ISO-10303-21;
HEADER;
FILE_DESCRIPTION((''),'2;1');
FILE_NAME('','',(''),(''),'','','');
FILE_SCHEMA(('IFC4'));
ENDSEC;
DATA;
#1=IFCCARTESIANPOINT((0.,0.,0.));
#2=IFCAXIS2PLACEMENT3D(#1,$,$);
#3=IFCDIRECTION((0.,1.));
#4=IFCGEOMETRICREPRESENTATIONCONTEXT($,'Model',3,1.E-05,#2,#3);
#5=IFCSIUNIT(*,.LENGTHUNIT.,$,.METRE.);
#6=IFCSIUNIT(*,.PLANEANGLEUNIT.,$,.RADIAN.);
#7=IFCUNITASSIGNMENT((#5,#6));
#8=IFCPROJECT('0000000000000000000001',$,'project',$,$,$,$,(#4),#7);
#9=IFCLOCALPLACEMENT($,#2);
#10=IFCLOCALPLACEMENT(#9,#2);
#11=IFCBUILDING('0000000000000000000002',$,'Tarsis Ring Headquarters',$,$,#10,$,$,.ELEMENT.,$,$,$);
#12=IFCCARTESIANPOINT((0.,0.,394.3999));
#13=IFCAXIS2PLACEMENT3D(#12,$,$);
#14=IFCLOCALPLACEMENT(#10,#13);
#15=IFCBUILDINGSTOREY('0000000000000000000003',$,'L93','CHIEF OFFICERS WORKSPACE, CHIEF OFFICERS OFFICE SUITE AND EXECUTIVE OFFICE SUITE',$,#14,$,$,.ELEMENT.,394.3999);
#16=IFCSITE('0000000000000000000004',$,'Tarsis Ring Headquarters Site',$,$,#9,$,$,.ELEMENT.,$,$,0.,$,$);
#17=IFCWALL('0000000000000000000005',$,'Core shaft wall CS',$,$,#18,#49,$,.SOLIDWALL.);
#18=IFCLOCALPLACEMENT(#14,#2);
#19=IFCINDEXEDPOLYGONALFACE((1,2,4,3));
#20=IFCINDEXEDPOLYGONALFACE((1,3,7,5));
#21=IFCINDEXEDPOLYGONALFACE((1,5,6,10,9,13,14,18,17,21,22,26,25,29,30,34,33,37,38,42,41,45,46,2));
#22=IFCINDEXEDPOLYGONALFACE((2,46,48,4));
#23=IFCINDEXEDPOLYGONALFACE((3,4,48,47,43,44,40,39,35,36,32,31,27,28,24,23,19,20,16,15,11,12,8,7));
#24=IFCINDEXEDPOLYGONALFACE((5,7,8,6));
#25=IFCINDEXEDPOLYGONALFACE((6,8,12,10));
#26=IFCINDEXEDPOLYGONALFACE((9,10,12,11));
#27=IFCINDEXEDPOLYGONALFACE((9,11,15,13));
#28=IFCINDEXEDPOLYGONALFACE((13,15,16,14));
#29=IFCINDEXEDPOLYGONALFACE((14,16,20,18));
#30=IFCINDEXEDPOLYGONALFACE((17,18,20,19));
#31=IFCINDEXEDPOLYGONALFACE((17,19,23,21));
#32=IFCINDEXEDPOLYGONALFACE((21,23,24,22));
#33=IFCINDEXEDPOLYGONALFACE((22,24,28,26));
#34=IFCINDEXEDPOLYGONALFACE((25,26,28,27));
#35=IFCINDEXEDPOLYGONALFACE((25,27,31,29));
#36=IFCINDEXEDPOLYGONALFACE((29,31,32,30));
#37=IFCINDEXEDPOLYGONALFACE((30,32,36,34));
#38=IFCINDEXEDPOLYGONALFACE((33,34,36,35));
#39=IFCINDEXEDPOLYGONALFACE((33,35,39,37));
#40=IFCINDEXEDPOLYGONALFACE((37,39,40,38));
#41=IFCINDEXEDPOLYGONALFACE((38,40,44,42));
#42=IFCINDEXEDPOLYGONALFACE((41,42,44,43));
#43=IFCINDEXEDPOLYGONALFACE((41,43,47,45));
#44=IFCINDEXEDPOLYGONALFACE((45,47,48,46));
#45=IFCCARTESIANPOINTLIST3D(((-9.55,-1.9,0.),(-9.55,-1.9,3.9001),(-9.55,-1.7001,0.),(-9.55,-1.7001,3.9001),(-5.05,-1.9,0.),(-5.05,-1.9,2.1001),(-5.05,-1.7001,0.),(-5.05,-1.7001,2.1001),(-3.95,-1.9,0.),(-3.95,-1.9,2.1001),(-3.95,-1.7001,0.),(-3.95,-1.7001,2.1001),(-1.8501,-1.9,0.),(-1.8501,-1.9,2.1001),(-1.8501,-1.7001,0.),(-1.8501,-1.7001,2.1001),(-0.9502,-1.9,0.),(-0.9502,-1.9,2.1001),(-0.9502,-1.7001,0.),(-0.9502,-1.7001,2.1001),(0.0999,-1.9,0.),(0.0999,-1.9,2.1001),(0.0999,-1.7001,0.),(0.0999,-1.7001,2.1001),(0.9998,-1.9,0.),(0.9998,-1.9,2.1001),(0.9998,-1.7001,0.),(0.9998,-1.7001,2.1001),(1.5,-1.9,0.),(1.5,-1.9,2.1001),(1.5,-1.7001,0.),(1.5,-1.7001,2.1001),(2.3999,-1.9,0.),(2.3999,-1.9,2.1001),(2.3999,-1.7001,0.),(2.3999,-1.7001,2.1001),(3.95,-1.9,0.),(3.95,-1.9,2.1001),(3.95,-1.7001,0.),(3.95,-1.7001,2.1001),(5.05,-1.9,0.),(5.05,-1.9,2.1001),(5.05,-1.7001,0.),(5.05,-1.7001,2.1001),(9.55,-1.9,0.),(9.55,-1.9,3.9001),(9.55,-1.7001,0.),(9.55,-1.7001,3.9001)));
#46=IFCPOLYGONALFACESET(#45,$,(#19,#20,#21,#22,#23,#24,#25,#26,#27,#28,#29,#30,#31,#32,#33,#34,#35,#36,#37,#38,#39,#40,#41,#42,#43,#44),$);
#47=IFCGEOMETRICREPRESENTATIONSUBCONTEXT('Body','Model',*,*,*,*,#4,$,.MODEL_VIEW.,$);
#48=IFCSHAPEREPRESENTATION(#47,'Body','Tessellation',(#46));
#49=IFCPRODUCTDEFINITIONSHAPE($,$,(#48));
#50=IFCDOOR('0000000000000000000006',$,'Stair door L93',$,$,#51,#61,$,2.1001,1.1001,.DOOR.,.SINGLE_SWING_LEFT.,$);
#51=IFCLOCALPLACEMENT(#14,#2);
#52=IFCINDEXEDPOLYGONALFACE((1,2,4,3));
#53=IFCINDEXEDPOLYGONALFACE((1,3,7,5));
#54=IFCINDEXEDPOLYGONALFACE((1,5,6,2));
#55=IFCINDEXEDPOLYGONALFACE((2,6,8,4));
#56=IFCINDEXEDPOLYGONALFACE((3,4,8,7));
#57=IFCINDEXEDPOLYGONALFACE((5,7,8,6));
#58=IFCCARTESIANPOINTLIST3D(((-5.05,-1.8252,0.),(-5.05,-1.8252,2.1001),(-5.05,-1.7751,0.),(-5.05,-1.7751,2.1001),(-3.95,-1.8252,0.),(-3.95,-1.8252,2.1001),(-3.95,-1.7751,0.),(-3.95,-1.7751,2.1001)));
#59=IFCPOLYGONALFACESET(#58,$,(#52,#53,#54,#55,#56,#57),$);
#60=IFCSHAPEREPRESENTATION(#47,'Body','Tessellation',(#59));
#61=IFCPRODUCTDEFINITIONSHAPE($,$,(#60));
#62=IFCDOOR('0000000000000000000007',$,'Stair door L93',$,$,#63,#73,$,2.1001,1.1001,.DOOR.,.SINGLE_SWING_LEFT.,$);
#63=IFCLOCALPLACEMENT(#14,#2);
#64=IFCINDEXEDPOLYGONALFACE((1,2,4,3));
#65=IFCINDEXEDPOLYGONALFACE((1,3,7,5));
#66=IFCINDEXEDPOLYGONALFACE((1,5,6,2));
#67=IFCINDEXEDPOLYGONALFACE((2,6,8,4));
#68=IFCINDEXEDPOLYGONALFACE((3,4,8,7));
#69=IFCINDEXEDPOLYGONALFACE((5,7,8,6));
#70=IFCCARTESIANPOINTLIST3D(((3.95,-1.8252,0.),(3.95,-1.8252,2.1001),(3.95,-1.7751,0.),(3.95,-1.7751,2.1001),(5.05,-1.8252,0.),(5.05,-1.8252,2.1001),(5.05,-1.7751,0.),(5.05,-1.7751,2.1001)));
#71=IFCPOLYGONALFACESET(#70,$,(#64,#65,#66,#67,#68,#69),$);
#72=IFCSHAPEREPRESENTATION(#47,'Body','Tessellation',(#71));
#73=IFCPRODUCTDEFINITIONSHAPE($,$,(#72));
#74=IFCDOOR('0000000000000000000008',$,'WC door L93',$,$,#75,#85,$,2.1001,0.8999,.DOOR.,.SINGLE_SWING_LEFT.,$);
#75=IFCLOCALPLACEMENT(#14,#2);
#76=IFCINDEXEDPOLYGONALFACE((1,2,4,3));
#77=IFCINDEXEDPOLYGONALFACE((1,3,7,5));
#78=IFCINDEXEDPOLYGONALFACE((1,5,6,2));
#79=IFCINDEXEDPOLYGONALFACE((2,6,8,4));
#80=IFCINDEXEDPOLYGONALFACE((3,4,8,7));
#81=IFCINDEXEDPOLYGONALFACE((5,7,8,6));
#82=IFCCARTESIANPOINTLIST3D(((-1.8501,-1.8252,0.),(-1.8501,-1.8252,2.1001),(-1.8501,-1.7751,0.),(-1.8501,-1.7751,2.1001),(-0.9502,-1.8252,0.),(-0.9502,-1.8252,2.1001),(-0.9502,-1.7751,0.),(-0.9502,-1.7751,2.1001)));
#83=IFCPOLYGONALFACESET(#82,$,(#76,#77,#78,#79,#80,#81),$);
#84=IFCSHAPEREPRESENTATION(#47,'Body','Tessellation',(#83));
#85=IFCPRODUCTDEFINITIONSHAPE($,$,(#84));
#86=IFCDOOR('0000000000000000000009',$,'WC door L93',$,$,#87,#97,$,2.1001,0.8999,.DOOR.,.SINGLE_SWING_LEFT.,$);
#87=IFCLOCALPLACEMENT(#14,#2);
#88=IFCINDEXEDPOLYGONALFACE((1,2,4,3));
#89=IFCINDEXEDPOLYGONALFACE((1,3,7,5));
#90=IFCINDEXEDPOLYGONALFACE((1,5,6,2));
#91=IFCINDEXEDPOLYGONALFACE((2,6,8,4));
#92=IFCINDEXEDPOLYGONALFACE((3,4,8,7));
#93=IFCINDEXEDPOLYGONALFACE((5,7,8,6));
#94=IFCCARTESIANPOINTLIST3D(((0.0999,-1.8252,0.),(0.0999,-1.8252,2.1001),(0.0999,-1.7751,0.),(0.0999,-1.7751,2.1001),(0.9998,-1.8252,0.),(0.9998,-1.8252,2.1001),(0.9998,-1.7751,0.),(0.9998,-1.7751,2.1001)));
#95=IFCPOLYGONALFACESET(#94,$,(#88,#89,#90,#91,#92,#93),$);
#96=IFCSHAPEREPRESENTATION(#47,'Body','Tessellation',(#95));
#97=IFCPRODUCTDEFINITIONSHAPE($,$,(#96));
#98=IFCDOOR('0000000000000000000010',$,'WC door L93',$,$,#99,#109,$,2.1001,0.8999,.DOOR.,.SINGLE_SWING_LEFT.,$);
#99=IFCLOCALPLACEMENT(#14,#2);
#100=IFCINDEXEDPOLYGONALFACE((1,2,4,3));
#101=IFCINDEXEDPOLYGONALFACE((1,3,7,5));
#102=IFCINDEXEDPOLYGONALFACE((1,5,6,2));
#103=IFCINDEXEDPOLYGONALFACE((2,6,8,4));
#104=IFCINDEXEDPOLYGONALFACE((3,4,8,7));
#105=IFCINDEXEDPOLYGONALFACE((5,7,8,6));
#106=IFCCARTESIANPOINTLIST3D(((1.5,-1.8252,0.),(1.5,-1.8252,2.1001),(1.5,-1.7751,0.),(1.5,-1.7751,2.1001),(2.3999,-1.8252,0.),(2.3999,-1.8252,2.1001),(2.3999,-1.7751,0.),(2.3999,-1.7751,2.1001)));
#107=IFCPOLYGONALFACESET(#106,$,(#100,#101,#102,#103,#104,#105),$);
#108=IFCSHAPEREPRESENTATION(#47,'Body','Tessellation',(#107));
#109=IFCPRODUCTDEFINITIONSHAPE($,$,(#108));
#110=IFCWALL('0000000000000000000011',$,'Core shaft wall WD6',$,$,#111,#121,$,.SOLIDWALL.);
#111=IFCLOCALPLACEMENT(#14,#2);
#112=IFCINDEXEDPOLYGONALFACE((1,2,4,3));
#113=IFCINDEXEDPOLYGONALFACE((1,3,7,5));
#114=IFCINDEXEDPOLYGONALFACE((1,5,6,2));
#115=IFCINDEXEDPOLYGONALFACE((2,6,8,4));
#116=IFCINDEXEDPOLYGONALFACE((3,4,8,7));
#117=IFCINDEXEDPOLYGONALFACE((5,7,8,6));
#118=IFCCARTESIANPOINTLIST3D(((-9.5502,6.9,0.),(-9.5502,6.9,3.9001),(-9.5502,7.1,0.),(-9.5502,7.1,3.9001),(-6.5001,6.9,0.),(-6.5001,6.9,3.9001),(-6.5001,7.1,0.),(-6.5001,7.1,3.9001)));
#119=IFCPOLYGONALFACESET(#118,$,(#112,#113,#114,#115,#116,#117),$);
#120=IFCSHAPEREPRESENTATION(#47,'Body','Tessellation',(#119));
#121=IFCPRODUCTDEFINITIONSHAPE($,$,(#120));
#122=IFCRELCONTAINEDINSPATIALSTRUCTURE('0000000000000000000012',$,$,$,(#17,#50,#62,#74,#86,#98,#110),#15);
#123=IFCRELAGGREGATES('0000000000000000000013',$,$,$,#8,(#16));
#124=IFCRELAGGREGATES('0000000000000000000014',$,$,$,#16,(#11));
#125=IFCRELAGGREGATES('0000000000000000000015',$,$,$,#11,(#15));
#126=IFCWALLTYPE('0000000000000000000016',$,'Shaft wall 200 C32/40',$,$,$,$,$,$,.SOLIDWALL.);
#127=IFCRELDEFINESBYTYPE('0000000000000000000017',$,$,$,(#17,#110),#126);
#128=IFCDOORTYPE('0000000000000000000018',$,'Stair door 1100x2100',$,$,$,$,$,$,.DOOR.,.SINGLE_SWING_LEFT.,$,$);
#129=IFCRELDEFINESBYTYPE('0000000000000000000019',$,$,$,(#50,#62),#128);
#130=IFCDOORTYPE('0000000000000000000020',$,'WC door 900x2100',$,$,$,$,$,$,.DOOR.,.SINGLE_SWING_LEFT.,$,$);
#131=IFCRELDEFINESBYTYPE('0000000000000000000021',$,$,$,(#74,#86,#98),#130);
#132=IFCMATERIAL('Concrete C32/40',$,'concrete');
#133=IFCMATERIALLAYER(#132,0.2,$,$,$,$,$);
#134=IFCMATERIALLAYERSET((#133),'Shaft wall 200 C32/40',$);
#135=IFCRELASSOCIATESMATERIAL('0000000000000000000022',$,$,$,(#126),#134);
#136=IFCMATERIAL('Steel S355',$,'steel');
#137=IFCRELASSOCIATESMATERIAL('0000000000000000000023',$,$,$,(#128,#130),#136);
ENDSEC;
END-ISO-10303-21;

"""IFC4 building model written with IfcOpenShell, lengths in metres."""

from ifc_helpers import new_model, si_unit, direction, frame, frame_2d, origin, place, context, subcontext, project, spatial, rectangle, extrude, material, layer, layer_set, type_object, element, fill, save


model = new_model("IFC4")

# Units and contexts
model_context = context("Model", 3, precision=1e-05, world=origin(), true_north=direction((0.0, 1.0)))
body_context = subcontext(model_context, "Body", "Model", "MODEL_VIEW")
ifc_project = project(units=[si_unit("LENGTHUNIT", "METRE"), si_unit("PLANEANGLEUNIT", "RADIAN")], contexts=[model_context])

# Site, building, storey
site_placement = place(None, origin())
site = spatial("IfcSite", under=ifc_project, at=site_placement, Name="Tarsis Ring Headquarters Site", CompositionType="ELEMENT", RefElevation=0.0)
building_placement = place(site_placement, origin())
building = spatial("IfcBuilding", under=site, at=building_placement, Name="Tarsis Ring Headquarters", CompositionType="ELEMENT")
storey_placement = place(building_placement, frame((0.0, 0.0, 394.3999)))
storey = spatial("IfcBuildingStorey", under=building, at=storey_placement, Name="L93", Description="CHIEF OFFICERS WORKSPACE, CHIEF OFFICERS OFFICE SUITE AND EXECUTIVE OFFICE SUITE", CompositionType="ELEMENT", Elevation=394.3999)

# Wall, openings, doors
ifc_material_1 = material(Name="Concrete C32/40", Category="concrete")
ifc_layer_1 = layer(ifc_material_1, 0.2)
ifc_layer_set_1 = layer_set([ifc_layer_1], Name="Shaft wall 200 C32/40")
wall_type_1 = type_object("IfcWallType", Name="Shaft wall 200 C32/40", PredefinedType="SOLIDWALL", material=ifc_layer_set_1)
ifc_material_2 = material(Name="Steel S355", Category="steel")
door_type_1 = type_object("IfcDoorType", Name="Stair door 1100x2100", OperationType="SINGLE_SWING_LEFT", PredefinedType="DOOR", material=ifc_material_2)
wall_1_placement = place(storey_placement, frame((-9.55, -1.8, 0.0), z_axis=(0.0, 0.0, 1.0), x_axis=(1.0, 0.0, 0.0)))
wall_1 = element("IfcWall", 1, at=wall_1_placement, inside=storey, type_object=wall_type_1, Name="Core shaft wall CS", PredefinedType="SOLIDWALL", context=body_context, shape_type="SweptSolid", body=[
    extrude(rectangle(XDim=19.1001, YDim=0.2, at=frame_2d((9.55, 0.0))), origin(), (0.0, 0.0, 1.0), 3.9001),
])
opening_1_placement = place(wall_1_placement, frame((4.5, 0.0, 0.0)))
opening_1 = element("IfcOpeningElement", 2, at=opening_1_placement, cuts=wall_1, PredefinedType="OPENING", context=body_context, shape_type="SweptSolid", body=[
    extrude(rectangle(XDim=1.1001, YDim=2.1001, at=frame_2d((0.55, 1.05))), frame((0.0, 0.1099, 0.0), z_axis=(0.0, -1.0, 0.0), x_axis=(1.0, 0.0, 0.0)), (0.0, 0.0, 1.0), 0.22),
])
opening_2_placement = place(wall_1_placement, frame((7.7, 0.0, 0.0)))
opening_2 = element("IfcOpeningElement", 3, at=opening_2_placement, cuts=wall_1, PredefinedType="OPENING", context=body_context, shape_type="SweptSolid", body=[
    extrude(rectangle(XDim=0.8999, YDim=2.1001, at=frame_2d((0.45, 1.05))), frame((0.0, 0.1099, 0.0), z_axis=(0.0, -1.0, 0.0), x_axis=(1.0, 0.0, 0.0)), (0.0, 0.0, 1.0), 0.22),
])
opening_3_placement = place(wall_1_placement, frame((9.6499, 0.0, 0.0)))
opening_3 = element("IfcOpeningElement", 4, at=opening_3_placement, cuts=wall_1, PredefinedType="OPENING", context=body_context, shape_type="SweptSolid", body=[
    extrude(rectangle(XDim=0.8999, YDim=2.1001, at=frame_2d((0.45, 1.05))), frame((0.0, 0.1099, 0.0), z_axis=(0.0, -1.0, 0.0), x_axis=(1.0, 0.0, 0.0)), (0.0, 0.0, 1.0), 0.22),
])
opening_4_placement = place(wall_1_placement, frame((11.05, 0.0, 0.0)))
opening_4 = element("IfcOpeningElement", 5, at=opening_4_placement, cuts=wall_1, PredefinedType="OPENING", context=body_context, shape_type="SweptSolid", body=[
    extrude(rectangle(XDim=0.8999, YDim=2.1001, at=frame_2d((0.45, 1.05))), frame((0.0, 0.1099, 0.0), z_axis=(0.0, -1.0, 0.0), x_axis=(1.0, 0.0, 0.0)), (0.0, 0.0, 1.0), 0.22),
])
opening_5_placement = place(wall_1_placement, frame((13.5, 0.0, 0.0)))
opening_5 = element("IfcOpeningElement", 6, at=opening_5_placement, cuts=wall_1, PredefinedType="OPENING", context=body_context, shape_type="SweptSolid", body=[
    extrude(rectangle(XDim=1.1001, YDim=2.1001, at=frame_2d((0.55, 1.05))), frame((0.0, 0.1099, 0.0), z_axis=(0.0, -1.0, 0.0), x_axis=(1.0, 0.0, 0.0)), (0.0, 0.0, 1.0), 0.22),
])
door_1_placement = place(opening_1_placement, origin())
door_1 = element("IfcDoor", 7, at=door_1_placement, inside=storey, type_object=door_type_1, Name="Stair door L93", OperationType="SINGLE_SWING_LEFT", OverallHeight=2.1001, OverallWidth=1.1001, PredefinedType="DOOR", context=body_context, shape_type="SweptSolid", body=[
    extrude(rectangle(XDim=1.1001, YDim=2.1001, at=frame_2d((0.55, 1.05))), frame((0.0, 0.0249, 0.0), z_axis=(0.0, -1.0, 0.0), x_axis=(1.0, 0.0, 0.0)), (0.0, 0.0, 1.0), 0.05),
])
fill(opening_1, door_1)
door_2_placement = place(opening_5_placement, origin())
door_2 = element("IfcDoor", 8, at=door_2_placement, inside=storey, type_object=door_type_1, Name="Stair door L93", OperationType="SINGLE_SWING_LEFT", OverallHeight=2.1001, OverallWidth=1.1001, PredefinedType="DOOR", context=body_context, shape_type="SweptSolid", body=[
    extrude(rectangle(XDim=1.1001, YDim=2.1001, at=frame_2d((0.55, 1.05))), frame((0.0, 0.0249, 0.0), z_axis=(0.0, -1.0, 0.0), x_axis=(1.0, 0.0, 0.0)), (0.0, 0.0, 1.0), 0.05),
])
fill(opening_5, door_2)
door_type_2 = type_object("IfcDoorType", Name="WC door 900x2100", OperationType="SINGLE_SWING_LEFT", PredefinedType="DOOR", material=ifc_material_2)
door_3_placement = place(opening_2_placement, origin())
door_3 = element("IfcDoor", 9, at=door_3_placement, inside=storey, type_object=door_type_2, Name="WC door L93", OperationType="SINGLE_SWING_LEFT", OverallHeight=2.1001, OverallWidth=0.8999, PredefinedType="DOOR", context=body_context, shape_type="SweptSolid", body=[
    extrude(rectangle(XDim=0.8999, YDim=2.1001, at=frame_2d((0.45, 1.05))), frame((0.0, 0.0249, 0.0), z_axis=(0.0, -1.0, 0.0), x_axis=(1.0, 0.0, 0.0)), (0.0, 0.0, 1.0), 0.05),
])
fill(opening_2, door_3)
door_4_placement = place(opening_3_placement, origin())
door_4 = element("IfcDoor", 10, at=door_4_placement, inside=storey, type_object=door_type_2, Name="WC door L93", OperationType="SINGLE_SWING_LEFT", OverallHeight=2.1001, OverallWidth=0.8999, PredefinedType="DOOR", context=body_context, shape_type="SweptSolid", body=[
    extrude(rectangle(XDim=0.8999, YDim=2.1001, at=frame_2d((0.45, 1.05))), frame((0.0, 0.0249, 0.0), z_axis=(0.0, -1.0, 0.0), x_axis=(1.0, 0.0, 0.0)), (0.0, 0.0, 1.0), 0.05),
])
fill(opening_3, door_4)
door_5_placement = place(opening_4_placement, origin())
door_5 = element("IfcDoor", 11, at=door_5_placement, inside=storey, type_object=door_type_2, Name="WC door L93", OperationType="SINGLE_SWING_LEFT", OverallHeight=2.1001, OverallWidth=0.8999, PredefinedType="DOOR", context=body_context, shape_type="SweptSolid", body=[
    extrude(rectangle(XDim=0.8999, YDim=2.1001, at=frame_2d((0.45, 1.05))), frame((0.0, 0.0249, 0.0), z_axis=(0.0, -1.0, 0.0), x_axis=(1.0, 0.0, 0.0)), (0.0, 0.0, 1.0), 0.05),
])
fill(opening_4, door_5)

# Wall
wall_2_placement = place(storey_placement, frame((-9.55, 7.0, 0.0), z_axis=(0.0, 0.0, 1.0), x_axis=(1.0, 0.0, 0.0)))
element("IfcWall", 12, at=wall_2_placement, inside=storey, type_object=wall_type_1, Name="Core shaft wall WD6", PredefinedType="SOLIDWALL", context=body_context, shape_type="SweptSolid", body=[
    extrude(rectangle(XDim=3.05, YDim=0.2, at=frame_2d((1.5249, 0.0))), origin(), (0.0, 0.0, 1.0), 3.9001),
])

save(model, "model.ifc")
